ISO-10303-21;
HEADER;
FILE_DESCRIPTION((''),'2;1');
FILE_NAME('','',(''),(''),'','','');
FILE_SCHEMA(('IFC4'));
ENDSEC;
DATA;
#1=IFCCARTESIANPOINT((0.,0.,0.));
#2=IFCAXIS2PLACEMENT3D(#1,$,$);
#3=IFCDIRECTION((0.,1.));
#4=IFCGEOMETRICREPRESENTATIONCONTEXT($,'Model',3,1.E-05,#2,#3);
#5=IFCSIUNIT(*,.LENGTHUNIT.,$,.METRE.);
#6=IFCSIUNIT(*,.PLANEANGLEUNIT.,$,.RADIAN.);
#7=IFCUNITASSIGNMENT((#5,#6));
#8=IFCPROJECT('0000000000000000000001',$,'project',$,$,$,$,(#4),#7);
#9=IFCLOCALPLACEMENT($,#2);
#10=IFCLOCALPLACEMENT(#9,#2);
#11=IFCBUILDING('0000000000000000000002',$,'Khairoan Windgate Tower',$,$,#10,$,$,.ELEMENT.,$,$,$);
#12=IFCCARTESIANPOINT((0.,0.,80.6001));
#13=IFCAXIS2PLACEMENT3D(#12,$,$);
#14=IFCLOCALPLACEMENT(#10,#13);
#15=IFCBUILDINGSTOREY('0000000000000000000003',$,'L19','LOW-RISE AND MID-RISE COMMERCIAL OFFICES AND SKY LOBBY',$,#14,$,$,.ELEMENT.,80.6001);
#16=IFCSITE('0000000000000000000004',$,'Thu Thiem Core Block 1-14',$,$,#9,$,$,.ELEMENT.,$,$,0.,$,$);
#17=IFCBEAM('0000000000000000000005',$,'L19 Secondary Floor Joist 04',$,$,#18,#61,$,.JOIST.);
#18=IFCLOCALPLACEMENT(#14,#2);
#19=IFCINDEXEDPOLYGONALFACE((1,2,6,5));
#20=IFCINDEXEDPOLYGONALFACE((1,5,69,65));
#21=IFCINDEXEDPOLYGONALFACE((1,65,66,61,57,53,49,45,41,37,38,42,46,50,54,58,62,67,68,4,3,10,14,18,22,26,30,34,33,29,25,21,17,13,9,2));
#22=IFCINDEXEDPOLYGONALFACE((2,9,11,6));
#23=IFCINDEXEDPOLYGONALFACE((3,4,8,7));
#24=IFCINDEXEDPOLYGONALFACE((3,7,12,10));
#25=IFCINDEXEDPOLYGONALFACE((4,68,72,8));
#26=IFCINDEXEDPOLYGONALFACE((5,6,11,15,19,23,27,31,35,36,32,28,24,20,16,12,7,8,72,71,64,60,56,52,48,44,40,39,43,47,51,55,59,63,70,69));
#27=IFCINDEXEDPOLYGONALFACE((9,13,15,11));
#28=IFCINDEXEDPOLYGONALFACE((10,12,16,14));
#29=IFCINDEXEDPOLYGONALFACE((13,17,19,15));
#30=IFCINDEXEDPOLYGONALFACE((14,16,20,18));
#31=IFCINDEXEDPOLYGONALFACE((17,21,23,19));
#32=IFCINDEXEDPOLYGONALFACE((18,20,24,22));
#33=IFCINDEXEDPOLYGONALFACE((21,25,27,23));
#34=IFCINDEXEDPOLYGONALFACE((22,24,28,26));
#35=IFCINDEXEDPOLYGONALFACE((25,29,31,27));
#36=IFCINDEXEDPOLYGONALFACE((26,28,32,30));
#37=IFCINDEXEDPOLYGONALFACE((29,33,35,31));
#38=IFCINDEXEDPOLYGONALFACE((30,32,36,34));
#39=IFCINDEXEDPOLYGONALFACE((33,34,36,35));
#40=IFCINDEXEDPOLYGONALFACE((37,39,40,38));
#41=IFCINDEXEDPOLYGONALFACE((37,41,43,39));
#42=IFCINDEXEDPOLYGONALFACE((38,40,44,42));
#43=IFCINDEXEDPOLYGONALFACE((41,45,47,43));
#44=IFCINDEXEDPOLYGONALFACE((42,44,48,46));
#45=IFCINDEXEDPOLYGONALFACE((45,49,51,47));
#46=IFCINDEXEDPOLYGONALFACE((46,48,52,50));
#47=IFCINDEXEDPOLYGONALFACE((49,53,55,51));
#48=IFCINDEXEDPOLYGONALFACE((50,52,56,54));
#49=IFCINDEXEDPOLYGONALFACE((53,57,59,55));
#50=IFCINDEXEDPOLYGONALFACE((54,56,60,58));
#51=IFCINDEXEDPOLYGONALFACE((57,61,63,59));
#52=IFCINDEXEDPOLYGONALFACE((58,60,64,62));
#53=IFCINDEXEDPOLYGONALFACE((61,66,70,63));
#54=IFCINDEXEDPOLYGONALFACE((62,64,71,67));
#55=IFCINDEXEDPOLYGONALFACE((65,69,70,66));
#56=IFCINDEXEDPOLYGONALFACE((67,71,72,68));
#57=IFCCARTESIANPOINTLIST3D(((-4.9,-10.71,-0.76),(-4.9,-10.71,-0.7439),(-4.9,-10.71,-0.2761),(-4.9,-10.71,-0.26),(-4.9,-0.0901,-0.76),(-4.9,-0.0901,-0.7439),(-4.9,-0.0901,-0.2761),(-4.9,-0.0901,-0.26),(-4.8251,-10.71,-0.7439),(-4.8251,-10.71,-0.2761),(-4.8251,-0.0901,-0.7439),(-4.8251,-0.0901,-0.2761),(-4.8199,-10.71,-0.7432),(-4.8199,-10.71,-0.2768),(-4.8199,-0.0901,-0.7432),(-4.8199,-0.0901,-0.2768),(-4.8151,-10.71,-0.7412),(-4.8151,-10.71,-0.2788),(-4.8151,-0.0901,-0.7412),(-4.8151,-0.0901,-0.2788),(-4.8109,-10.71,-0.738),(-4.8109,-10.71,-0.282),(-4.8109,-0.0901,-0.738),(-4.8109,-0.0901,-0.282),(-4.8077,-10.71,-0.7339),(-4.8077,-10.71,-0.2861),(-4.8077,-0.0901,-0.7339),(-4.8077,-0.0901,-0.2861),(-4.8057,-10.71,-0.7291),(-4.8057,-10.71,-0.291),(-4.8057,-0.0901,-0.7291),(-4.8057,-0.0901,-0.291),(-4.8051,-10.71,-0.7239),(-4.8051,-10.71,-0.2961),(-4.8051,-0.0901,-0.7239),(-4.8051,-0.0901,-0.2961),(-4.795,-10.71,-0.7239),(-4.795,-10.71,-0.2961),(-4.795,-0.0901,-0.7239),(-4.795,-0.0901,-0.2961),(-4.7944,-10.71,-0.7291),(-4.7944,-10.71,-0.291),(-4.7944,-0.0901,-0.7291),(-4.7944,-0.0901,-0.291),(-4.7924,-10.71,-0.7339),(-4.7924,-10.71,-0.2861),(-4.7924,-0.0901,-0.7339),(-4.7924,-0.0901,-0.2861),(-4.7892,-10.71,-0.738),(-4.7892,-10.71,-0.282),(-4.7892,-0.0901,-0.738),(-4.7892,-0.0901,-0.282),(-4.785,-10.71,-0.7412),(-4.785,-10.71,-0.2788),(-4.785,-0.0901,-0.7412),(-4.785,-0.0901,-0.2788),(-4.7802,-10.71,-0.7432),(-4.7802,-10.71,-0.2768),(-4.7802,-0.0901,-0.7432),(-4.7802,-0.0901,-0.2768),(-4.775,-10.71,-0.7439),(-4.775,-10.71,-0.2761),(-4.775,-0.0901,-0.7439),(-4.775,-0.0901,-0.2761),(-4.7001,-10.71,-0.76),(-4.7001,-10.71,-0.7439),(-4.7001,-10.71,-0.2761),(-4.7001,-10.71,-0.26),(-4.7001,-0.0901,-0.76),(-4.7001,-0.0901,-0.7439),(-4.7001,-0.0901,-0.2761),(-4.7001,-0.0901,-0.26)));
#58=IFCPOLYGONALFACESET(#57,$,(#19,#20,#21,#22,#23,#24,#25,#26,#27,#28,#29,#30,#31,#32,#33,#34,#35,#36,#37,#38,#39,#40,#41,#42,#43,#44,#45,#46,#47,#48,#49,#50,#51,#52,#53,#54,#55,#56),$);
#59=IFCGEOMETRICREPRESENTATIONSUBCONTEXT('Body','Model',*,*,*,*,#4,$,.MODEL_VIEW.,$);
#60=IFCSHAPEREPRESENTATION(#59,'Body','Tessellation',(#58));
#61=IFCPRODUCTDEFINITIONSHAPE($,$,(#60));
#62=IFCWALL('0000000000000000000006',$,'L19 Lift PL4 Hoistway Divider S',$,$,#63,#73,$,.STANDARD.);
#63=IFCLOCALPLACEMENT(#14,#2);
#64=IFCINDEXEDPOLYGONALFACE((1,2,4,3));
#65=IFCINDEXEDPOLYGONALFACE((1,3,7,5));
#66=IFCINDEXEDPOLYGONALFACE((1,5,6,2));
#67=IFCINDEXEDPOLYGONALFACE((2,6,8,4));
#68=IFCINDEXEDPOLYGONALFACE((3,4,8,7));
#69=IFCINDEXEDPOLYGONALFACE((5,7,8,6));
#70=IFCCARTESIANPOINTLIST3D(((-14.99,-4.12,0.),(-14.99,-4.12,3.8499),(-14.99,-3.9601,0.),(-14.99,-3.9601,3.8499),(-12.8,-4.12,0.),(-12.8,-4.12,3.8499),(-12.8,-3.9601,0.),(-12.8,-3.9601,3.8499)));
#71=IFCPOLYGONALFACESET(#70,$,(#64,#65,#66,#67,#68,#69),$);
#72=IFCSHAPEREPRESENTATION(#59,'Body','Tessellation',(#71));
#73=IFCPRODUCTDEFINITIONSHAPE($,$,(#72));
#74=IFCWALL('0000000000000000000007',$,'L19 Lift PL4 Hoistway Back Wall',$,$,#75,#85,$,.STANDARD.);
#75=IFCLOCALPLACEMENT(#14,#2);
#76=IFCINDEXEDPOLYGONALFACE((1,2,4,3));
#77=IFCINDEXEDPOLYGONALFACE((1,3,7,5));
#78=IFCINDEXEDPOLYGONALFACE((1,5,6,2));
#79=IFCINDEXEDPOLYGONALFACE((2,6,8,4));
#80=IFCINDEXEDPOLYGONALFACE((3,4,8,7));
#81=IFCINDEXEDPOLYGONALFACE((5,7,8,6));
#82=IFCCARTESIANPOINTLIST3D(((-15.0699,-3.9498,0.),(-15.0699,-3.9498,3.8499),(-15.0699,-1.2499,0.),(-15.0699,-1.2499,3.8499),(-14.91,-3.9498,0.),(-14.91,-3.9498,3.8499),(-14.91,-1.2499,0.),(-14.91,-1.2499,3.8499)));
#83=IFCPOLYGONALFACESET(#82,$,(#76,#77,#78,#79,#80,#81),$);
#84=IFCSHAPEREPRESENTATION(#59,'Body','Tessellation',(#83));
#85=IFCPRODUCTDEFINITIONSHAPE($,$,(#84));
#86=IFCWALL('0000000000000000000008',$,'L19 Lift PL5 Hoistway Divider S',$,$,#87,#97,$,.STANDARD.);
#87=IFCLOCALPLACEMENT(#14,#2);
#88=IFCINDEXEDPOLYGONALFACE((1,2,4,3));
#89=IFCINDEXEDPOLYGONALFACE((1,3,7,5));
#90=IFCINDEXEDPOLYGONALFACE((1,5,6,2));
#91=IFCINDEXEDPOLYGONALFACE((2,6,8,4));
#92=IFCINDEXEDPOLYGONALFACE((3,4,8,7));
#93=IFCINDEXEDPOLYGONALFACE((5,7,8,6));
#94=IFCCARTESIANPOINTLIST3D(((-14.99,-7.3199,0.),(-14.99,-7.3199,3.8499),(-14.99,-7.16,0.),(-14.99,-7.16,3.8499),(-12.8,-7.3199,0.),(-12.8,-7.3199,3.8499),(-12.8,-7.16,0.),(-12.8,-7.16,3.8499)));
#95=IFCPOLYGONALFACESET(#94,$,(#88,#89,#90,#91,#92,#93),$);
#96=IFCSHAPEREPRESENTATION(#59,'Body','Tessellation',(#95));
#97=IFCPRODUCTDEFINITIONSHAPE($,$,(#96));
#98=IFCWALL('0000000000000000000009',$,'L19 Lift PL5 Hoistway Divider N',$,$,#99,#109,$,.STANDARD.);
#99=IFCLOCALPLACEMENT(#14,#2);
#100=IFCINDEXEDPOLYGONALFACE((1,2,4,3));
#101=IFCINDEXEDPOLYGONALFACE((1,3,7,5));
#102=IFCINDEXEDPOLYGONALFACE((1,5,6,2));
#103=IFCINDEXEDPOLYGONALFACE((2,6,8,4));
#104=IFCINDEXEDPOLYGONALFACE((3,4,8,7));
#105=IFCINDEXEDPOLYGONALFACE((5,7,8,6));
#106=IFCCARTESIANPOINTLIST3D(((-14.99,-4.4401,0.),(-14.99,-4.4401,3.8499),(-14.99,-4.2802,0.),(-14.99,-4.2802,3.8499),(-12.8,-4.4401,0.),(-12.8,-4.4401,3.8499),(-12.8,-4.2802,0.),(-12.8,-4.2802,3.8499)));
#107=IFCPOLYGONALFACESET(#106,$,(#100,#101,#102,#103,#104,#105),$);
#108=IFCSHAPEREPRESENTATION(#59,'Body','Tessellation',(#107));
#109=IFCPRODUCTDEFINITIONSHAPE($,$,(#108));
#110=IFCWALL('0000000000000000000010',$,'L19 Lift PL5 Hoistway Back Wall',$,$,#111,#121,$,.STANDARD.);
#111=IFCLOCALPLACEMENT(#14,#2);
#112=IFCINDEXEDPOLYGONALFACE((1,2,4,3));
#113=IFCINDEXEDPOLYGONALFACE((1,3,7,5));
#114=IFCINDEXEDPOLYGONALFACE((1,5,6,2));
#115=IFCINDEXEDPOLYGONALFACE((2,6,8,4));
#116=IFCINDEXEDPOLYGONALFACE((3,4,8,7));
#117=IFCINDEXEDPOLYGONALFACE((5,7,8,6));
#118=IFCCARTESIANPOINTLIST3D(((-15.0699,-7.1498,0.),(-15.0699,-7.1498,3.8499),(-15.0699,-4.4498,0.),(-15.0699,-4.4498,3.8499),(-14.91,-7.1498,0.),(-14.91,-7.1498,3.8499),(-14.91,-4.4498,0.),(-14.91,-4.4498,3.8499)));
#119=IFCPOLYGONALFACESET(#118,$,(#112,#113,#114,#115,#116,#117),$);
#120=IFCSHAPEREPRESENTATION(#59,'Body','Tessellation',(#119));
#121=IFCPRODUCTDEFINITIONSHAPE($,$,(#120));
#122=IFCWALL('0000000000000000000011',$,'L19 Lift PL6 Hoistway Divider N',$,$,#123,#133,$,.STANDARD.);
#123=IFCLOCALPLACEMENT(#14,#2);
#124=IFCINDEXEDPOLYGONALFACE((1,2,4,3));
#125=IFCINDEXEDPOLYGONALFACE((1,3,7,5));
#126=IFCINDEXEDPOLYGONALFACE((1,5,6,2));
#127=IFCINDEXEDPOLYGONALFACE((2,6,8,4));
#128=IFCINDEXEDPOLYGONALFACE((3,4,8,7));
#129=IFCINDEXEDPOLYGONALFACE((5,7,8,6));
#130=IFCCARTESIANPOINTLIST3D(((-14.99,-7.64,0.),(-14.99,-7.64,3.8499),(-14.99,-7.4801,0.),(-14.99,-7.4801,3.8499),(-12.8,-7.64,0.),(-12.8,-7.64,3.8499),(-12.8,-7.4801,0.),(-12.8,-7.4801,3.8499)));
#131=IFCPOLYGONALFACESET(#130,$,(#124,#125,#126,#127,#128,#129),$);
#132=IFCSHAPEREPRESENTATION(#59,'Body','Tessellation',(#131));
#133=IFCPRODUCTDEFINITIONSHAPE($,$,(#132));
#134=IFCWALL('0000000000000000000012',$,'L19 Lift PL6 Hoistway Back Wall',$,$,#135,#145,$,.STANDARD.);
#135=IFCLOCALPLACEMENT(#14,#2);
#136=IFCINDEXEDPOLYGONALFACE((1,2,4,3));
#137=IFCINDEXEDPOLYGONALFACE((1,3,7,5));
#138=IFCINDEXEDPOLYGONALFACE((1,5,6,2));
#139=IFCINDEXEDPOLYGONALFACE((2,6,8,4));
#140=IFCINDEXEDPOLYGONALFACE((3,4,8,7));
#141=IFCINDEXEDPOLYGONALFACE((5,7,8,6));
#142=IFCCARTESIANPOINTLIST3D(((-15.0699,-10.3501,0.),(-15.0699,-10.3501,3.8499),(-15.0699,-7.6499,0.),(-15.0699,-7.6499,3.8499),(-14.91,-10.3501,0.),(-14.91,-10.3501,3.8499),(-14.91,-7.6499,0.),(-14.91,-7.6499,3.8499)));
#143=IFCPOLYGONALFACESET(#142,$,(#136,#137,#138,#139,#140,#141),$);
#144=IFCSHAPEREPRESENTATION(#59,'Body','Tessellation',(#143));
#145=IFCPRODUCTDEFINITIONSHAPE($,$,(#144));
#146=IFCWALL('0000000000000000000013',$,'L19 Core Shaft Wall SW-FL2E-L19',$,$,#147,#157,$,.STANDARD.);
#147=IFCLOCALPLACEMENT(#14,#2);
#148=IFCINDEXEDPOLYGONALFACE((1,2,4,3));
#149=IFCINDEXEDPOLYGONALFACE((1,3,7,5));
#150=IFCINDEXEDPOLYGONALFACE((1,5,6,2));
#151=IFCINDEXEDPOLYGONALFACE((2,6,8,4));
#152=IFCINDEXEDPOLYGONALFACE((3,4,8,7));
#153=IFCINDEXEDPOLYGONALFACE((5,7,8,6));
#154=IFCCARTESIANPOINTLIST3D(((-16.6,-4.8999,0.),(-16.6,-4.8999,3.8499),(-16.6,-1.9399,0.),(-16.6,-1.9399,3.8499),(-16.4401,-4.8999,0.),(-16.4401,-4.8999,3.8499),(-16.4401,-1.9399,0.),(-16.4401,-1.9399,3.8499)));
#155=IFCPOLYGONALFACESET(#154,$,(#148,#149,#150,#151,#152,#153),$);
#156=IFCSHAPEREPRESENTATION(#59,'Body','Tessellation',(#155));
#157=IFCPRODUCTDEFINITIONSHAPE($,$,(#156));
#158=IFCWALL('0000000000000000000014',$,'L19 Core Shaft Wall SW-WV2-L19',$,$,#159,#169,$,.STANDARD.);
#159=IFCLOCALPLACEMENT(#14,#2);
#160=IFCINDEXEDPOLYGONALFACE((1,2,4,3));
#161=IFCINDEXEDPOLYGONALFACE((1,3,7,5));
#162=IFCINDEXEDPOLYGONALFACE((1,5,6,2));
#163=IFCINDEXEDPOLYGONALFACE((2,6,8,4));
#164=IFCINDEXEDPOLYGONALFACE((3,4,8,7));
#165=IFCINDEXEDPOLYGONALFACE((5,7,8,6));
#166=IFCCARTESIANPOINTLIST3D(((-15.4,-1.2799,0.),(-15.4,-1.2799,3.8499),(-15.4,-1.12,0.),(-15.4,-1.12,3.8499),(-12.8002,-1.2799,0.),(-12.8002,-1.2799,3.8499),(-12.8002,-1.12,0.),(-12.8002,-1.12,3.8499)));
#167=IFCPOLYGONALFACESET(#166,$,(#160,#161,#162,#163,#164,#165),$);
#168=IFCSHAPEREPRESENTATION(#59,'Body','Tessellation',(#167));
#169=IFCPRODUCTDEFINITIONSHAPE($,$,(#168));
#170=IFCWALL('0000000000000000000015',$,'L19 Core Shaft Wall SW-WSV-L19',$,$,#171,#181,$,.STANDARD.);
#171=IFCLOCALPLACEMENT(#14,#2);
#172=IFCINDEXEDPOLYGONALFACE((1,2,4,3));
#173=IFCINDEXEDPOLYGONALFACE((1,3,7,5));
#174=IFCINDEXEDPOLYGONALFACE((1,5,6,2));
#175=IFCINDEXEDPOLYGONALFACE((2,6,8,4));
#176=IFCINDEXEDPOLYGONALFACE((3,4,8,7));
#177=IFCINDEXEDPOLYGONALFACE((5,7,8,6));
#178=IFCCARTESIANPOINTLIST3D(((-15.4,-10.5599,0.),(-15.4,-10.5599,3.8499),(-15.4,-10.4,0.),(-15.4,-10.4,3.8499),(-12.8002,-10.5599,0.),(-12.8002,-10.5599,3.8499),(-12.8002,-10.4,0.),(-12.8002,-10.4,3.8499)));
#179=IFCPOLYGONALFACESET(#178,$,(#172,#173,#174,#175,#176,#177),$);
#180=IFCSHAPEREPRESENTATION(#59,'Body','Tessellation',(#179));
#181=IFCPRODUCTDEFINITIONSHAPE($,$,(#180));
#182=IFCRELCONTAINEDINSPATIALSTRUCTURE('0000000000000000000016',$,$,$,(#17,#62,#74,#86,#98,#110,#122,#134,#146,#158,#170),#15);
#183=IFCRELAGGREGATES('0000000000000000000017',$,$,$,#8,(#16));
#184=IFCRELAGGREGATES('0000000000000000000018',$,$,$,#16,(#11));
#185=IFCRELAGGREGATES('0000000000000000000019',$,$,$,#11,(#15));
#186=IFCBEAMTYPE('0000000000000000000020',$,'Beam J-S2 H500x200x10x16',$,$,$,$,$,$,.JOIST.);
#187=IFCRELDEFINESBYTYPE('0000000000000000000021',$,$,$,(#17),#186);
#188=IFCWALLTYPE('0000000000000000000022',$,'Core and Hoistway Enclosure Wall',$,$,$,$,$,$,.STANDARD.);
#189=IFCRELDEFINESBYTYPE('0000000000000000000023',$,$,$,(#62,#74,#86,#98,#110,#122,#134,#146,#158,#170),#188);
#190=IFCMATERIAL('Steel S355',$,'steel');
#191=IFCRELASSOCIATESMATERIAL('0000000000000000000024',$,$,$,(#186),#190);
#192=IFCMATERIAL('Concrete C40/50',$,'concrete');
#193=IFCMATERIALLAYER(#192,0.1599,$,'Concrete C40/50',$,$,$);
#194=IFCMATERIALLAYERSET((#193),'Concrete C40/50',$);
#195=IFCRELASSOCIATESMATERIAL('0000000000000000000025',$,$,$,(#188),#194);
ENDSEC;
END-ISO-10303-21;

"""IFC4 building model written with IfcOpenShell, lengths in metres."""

from ifc_helpers import new_model, si_unit, direction, frame, frame_2d, origin, origin_2d, place, context, subcontext, project, spatial, rectangle, i_section, extrude, material, layer, layer_set, material_profile, profile_set, type_object, element, save


model = new_model("IFC4")

# Units and contexts
model_context = context("Model", 3, precision=1e-05, world=origin(), true_north=direction((0.0, 1.0)))
body_context = subcontext(model_context, "Body", "Model", "MODEL_VIEW")
ifc_project = project(units=[si_unit("LENGTHUNIT", "METRE"), si_unit("PLANEANGLEUNIT", "RADIAN")], contexts=[model_context])

# Site, building, storey
site_placement = place(None, origin())
site = spatial("IfcSite", under=ifc_project, at=site_placement, Name="Thu Thiem Core Block 1-14", CompositionType="ELEMENT", RefElevation=0.0)
building_placement = place(site_placement, origin())
building = spatial("IfcBuilding", under=site, at=building_placement, Name="Khairoan Windgate Tower", CompositionType="ELEMENT")
storey_placement = place(building_placement, frame((0.0, 0.0, 80.6001)))
storey = spatial("IfcBuildingStorey", under=building, at=storey_placement, Name="L19", Description="LOW-RISE AND MID-RISE COMMERCIAL OFFICES AND SKY LOBBY", CompositionType="ELEMENT", Elevation=80.6001)

# Beam
ifc_material_1 = material(Name="Steel S355", Category="steel")
ifc_material_profile_1 = material_profile(ifc_material_1, i_section(OverallWidth=0.2, OverallDepth=0.5, WebThickness=0.01, FlangeThickness=0.0161, FilletRadius=0.02, at=origin_2d()))
ifc_profile_set_1 = profile_set([ifc_material_profile_1], Name="Steel S355")
beam_type_1 = type_object("IfcBeamType", Name="Beam J-S2 H500x200x10x16", PredefinedType="JOIST", material=ifc_profile_set_1)
beam_1_placement = place(storey_placement, frame((-4.8, -10.71, -0.51), z_axis=(0.0, 1.0, 0.0), x_axis=(-1.0, 0.0, 0.0)))
element("IfcBeam", 1, at=beam_1_placement, inside=storey, type_object=beam_type_1, Name="L19 Secondary Floor Joist 04", PredefinedType="JOIST", context=body_context, shape_type="SweptSolid", body=[
    extrude(i_section(OverallWidth=0.2, OverallDepth=0.5, WebThickness=0.01, FlangeThickness=0.0161, FilletRadius=0.02, at=origin_2d()), origin(), (0.0, 0.0, 1.0), 10.6199),
])

# Walls
ifc_material_2 = material(Name="Concrete C40/50", Category="concrete")
ifc_layer_1 = layer(ifc_material_2, 0.1599, Name="Concrete C40/50")
ifc_layer_set_1 = layer_set([ifc_layer_1], Name="Concrete C40/50")
wall_type_1 = type_object("IfcWallType", Name="Core and Hoistway Enclosure Wall", PredefinedType="STANDARD", material=ifc_layer_set_1)
wall_1_placement = place(storey_placement, frame((-14.99, -4.04, 0.0), z_axis=(0.0, 0.0, 1.0), x_axis=(1.0, 0.0, 0.0)))
element("IfcWall", 2, at=wall_1_placement, inside=storey, type_object=wall_type_1, Name="L19 Lift PL4 Hoistway Divider S", PredefinedType="STANDARD", context=body_context, shape_type="SweptSolid", body=[
    extrude(rectangle(XDim=2.1899, YDim=0.1599, at=frame_2d((1.095, 0.0))), origin(), (0.0, 0.0, 1.0), 3.8499),
])
wall_2_placement = place(storey_placement, frame((-14.99, -3.95, 0.0), z_axis=(0.0, 0.0, 1.0), x_axis=(0.0, 1.0, 0.0)))
element("IfcWall", 3, at=wall_2_placement, inside=storey, type_object=wall_type_1, Name="L19 Lift PL4 Hoistway Back Wall", PredefinedType="STANDARD", context=body_context, shape_type="SweptSolid", body=[
    extrude(rectangle(XDim=2.7, YDim=0.1599, at=frame_2d((1.3501, 0.0))), origin(), (0.0, 0.0, 1.0), 3.8499),
])
for number, where, z_axis, x_axis, name in (
    (4, (-14.99, -7.24, 0.0), (0.0, 0.0, 1.0), (1.0, 0.0, 0.0), "L19 Lift PL5 Hoistway Divider S"),
    (5, (-14.99, -4.3601, 0.0), (0.0, 0.0, 1.0), (1.0, 0.0, 0.0), "L19 Lift PL5 Hoistway Divider N"),
):
    element("IfcWall", number, at=place(storey_placement, frame(where, z_axis=z_axis, x_axis=x_axis)), inside=storey, type_object=wall_type_1, Name=name, PredefinedType="STANDARD", context=body_context, shape_type="SweptSolid", body=[
        extrude(rectangle(XDim=2.1899, YDim=0.1599, at=frame_2d((1.095, 0.0))), origin(), (0.0, 0.0, 1.0), 3.8499),
    ])
wall_3_placement = place(storey_placement, frame((-14.99, -7.1499, 0.0), z_axis=(0.0, 0.0, 1.0), x_axis=(0.0, 1.0, 0.0)))
element("IfcWall", 6, at=wall_3_placement, inside=storey, type_object=wall_type_1, Name="L19 Lift PL5 Hoistway Back Wall", PredefinedType="STANDARD", context=body_context, shape_type="SweptSolid", body=[
    extrude(rectangle(XDim=2.7, YDim=0.1599, at=frame_2d((1.3501, 0.0))), origin(), (0.0, 0.0, 1.0), 3.8499),
])
wall_4_placement = place(storey_placement, frame((-14.99, -7.5601, 0.0), z_axis=(0.0, 0.0, 1.0), x_axis=(1.0, 0.0, 0.0)))
element("IfcWall", 7, at=wall_4_placement, inside=storey, type_object=wall_type_1, Name="L19 Lift PL6 Hoistway Divider N", PredefinedType="STANDARD", context=body_context, shape_type="SweptSolid", body=[
    extrude(rectangle(XDim=2.1899, YDim=0.1599, at=frame_2d((1.095, 0.0))), origin(), (0.0, 0.0, 1.0), 3.8499),
])
wall_5_placement = place(storey_placement, frame((-14.99, -10.3501, 0.0), z_axis=(0.0, 0.0, 1.0), x_axis=(0.0, 1.0, 0.0)))
element("IfcWall", 8, at=wall_5_placement, inside=storey, type_object=wall_type_1, Name="L19 Lift PL6 Hoistway Back Wall", PredefinedType="STANDARD", context=body_context, shape_type="SweptSolid", body=[
    extrude(rectangle(XDim=2.7002, YDim=0.1599, at=frame_2d((1.3501, 0.0))), origin(), (0.0, 0.0, 1.0), 3.8499),
])
wall_6_placement = place(storey_placement, frame((-16.52, -4.8999, 0.0), z_axis=(0.0, 0.0, 1.0), x_axis=(0.0, 1.0, 0.0)))
element("IfcWall", 9, at=wall_6_placement, inside=storey, type_object=wall_type_1, Name="L19 Core Shaft Wall SW-FL2E-L19", PredefinedType="STANDARD", context=body_context, shape_type="SweptSolid", body=[
    extrude(rectangle(XDim=2.96, YDim=0.1599, at=frame_2d((1.48, 0.0))), origin(), (0.0, 0.0, 1.0), 3.8499),
])
for number, where, z_axis, x_axis, name in (
    (10, (-15.3999, -1.2, 0.0), (0.0, 0.0, 1.0), (1.0, 0.0, 0.0), "L19 Core Shaft Wall SW-WV2-L19"),
    (11, (-15.3999, -10.48, 0.0), (0.0, 0.0, 1.0), (1.0, 0.0, 0.0), "L19 Core Shaft Wall SW-WSV-L19"),
):
    element("IfcWall", number, at=place(storey_placement, frame(where, z_axis=z_axis, x_axis=x_axis)), inside=storey, type_object=wall_type_1, Name=name, PredefinedType="STANDARD", context=body_context, shape_type="SweptSolid", body=[
        extrude(rectangle(XDim=2.5999, YDim=0.1599, at=frame_2d((1.2998, 0.0))), origin(), (0.0, 0.0, 1.0), 3.8499),
    ])

save(model, "model.ifc")
